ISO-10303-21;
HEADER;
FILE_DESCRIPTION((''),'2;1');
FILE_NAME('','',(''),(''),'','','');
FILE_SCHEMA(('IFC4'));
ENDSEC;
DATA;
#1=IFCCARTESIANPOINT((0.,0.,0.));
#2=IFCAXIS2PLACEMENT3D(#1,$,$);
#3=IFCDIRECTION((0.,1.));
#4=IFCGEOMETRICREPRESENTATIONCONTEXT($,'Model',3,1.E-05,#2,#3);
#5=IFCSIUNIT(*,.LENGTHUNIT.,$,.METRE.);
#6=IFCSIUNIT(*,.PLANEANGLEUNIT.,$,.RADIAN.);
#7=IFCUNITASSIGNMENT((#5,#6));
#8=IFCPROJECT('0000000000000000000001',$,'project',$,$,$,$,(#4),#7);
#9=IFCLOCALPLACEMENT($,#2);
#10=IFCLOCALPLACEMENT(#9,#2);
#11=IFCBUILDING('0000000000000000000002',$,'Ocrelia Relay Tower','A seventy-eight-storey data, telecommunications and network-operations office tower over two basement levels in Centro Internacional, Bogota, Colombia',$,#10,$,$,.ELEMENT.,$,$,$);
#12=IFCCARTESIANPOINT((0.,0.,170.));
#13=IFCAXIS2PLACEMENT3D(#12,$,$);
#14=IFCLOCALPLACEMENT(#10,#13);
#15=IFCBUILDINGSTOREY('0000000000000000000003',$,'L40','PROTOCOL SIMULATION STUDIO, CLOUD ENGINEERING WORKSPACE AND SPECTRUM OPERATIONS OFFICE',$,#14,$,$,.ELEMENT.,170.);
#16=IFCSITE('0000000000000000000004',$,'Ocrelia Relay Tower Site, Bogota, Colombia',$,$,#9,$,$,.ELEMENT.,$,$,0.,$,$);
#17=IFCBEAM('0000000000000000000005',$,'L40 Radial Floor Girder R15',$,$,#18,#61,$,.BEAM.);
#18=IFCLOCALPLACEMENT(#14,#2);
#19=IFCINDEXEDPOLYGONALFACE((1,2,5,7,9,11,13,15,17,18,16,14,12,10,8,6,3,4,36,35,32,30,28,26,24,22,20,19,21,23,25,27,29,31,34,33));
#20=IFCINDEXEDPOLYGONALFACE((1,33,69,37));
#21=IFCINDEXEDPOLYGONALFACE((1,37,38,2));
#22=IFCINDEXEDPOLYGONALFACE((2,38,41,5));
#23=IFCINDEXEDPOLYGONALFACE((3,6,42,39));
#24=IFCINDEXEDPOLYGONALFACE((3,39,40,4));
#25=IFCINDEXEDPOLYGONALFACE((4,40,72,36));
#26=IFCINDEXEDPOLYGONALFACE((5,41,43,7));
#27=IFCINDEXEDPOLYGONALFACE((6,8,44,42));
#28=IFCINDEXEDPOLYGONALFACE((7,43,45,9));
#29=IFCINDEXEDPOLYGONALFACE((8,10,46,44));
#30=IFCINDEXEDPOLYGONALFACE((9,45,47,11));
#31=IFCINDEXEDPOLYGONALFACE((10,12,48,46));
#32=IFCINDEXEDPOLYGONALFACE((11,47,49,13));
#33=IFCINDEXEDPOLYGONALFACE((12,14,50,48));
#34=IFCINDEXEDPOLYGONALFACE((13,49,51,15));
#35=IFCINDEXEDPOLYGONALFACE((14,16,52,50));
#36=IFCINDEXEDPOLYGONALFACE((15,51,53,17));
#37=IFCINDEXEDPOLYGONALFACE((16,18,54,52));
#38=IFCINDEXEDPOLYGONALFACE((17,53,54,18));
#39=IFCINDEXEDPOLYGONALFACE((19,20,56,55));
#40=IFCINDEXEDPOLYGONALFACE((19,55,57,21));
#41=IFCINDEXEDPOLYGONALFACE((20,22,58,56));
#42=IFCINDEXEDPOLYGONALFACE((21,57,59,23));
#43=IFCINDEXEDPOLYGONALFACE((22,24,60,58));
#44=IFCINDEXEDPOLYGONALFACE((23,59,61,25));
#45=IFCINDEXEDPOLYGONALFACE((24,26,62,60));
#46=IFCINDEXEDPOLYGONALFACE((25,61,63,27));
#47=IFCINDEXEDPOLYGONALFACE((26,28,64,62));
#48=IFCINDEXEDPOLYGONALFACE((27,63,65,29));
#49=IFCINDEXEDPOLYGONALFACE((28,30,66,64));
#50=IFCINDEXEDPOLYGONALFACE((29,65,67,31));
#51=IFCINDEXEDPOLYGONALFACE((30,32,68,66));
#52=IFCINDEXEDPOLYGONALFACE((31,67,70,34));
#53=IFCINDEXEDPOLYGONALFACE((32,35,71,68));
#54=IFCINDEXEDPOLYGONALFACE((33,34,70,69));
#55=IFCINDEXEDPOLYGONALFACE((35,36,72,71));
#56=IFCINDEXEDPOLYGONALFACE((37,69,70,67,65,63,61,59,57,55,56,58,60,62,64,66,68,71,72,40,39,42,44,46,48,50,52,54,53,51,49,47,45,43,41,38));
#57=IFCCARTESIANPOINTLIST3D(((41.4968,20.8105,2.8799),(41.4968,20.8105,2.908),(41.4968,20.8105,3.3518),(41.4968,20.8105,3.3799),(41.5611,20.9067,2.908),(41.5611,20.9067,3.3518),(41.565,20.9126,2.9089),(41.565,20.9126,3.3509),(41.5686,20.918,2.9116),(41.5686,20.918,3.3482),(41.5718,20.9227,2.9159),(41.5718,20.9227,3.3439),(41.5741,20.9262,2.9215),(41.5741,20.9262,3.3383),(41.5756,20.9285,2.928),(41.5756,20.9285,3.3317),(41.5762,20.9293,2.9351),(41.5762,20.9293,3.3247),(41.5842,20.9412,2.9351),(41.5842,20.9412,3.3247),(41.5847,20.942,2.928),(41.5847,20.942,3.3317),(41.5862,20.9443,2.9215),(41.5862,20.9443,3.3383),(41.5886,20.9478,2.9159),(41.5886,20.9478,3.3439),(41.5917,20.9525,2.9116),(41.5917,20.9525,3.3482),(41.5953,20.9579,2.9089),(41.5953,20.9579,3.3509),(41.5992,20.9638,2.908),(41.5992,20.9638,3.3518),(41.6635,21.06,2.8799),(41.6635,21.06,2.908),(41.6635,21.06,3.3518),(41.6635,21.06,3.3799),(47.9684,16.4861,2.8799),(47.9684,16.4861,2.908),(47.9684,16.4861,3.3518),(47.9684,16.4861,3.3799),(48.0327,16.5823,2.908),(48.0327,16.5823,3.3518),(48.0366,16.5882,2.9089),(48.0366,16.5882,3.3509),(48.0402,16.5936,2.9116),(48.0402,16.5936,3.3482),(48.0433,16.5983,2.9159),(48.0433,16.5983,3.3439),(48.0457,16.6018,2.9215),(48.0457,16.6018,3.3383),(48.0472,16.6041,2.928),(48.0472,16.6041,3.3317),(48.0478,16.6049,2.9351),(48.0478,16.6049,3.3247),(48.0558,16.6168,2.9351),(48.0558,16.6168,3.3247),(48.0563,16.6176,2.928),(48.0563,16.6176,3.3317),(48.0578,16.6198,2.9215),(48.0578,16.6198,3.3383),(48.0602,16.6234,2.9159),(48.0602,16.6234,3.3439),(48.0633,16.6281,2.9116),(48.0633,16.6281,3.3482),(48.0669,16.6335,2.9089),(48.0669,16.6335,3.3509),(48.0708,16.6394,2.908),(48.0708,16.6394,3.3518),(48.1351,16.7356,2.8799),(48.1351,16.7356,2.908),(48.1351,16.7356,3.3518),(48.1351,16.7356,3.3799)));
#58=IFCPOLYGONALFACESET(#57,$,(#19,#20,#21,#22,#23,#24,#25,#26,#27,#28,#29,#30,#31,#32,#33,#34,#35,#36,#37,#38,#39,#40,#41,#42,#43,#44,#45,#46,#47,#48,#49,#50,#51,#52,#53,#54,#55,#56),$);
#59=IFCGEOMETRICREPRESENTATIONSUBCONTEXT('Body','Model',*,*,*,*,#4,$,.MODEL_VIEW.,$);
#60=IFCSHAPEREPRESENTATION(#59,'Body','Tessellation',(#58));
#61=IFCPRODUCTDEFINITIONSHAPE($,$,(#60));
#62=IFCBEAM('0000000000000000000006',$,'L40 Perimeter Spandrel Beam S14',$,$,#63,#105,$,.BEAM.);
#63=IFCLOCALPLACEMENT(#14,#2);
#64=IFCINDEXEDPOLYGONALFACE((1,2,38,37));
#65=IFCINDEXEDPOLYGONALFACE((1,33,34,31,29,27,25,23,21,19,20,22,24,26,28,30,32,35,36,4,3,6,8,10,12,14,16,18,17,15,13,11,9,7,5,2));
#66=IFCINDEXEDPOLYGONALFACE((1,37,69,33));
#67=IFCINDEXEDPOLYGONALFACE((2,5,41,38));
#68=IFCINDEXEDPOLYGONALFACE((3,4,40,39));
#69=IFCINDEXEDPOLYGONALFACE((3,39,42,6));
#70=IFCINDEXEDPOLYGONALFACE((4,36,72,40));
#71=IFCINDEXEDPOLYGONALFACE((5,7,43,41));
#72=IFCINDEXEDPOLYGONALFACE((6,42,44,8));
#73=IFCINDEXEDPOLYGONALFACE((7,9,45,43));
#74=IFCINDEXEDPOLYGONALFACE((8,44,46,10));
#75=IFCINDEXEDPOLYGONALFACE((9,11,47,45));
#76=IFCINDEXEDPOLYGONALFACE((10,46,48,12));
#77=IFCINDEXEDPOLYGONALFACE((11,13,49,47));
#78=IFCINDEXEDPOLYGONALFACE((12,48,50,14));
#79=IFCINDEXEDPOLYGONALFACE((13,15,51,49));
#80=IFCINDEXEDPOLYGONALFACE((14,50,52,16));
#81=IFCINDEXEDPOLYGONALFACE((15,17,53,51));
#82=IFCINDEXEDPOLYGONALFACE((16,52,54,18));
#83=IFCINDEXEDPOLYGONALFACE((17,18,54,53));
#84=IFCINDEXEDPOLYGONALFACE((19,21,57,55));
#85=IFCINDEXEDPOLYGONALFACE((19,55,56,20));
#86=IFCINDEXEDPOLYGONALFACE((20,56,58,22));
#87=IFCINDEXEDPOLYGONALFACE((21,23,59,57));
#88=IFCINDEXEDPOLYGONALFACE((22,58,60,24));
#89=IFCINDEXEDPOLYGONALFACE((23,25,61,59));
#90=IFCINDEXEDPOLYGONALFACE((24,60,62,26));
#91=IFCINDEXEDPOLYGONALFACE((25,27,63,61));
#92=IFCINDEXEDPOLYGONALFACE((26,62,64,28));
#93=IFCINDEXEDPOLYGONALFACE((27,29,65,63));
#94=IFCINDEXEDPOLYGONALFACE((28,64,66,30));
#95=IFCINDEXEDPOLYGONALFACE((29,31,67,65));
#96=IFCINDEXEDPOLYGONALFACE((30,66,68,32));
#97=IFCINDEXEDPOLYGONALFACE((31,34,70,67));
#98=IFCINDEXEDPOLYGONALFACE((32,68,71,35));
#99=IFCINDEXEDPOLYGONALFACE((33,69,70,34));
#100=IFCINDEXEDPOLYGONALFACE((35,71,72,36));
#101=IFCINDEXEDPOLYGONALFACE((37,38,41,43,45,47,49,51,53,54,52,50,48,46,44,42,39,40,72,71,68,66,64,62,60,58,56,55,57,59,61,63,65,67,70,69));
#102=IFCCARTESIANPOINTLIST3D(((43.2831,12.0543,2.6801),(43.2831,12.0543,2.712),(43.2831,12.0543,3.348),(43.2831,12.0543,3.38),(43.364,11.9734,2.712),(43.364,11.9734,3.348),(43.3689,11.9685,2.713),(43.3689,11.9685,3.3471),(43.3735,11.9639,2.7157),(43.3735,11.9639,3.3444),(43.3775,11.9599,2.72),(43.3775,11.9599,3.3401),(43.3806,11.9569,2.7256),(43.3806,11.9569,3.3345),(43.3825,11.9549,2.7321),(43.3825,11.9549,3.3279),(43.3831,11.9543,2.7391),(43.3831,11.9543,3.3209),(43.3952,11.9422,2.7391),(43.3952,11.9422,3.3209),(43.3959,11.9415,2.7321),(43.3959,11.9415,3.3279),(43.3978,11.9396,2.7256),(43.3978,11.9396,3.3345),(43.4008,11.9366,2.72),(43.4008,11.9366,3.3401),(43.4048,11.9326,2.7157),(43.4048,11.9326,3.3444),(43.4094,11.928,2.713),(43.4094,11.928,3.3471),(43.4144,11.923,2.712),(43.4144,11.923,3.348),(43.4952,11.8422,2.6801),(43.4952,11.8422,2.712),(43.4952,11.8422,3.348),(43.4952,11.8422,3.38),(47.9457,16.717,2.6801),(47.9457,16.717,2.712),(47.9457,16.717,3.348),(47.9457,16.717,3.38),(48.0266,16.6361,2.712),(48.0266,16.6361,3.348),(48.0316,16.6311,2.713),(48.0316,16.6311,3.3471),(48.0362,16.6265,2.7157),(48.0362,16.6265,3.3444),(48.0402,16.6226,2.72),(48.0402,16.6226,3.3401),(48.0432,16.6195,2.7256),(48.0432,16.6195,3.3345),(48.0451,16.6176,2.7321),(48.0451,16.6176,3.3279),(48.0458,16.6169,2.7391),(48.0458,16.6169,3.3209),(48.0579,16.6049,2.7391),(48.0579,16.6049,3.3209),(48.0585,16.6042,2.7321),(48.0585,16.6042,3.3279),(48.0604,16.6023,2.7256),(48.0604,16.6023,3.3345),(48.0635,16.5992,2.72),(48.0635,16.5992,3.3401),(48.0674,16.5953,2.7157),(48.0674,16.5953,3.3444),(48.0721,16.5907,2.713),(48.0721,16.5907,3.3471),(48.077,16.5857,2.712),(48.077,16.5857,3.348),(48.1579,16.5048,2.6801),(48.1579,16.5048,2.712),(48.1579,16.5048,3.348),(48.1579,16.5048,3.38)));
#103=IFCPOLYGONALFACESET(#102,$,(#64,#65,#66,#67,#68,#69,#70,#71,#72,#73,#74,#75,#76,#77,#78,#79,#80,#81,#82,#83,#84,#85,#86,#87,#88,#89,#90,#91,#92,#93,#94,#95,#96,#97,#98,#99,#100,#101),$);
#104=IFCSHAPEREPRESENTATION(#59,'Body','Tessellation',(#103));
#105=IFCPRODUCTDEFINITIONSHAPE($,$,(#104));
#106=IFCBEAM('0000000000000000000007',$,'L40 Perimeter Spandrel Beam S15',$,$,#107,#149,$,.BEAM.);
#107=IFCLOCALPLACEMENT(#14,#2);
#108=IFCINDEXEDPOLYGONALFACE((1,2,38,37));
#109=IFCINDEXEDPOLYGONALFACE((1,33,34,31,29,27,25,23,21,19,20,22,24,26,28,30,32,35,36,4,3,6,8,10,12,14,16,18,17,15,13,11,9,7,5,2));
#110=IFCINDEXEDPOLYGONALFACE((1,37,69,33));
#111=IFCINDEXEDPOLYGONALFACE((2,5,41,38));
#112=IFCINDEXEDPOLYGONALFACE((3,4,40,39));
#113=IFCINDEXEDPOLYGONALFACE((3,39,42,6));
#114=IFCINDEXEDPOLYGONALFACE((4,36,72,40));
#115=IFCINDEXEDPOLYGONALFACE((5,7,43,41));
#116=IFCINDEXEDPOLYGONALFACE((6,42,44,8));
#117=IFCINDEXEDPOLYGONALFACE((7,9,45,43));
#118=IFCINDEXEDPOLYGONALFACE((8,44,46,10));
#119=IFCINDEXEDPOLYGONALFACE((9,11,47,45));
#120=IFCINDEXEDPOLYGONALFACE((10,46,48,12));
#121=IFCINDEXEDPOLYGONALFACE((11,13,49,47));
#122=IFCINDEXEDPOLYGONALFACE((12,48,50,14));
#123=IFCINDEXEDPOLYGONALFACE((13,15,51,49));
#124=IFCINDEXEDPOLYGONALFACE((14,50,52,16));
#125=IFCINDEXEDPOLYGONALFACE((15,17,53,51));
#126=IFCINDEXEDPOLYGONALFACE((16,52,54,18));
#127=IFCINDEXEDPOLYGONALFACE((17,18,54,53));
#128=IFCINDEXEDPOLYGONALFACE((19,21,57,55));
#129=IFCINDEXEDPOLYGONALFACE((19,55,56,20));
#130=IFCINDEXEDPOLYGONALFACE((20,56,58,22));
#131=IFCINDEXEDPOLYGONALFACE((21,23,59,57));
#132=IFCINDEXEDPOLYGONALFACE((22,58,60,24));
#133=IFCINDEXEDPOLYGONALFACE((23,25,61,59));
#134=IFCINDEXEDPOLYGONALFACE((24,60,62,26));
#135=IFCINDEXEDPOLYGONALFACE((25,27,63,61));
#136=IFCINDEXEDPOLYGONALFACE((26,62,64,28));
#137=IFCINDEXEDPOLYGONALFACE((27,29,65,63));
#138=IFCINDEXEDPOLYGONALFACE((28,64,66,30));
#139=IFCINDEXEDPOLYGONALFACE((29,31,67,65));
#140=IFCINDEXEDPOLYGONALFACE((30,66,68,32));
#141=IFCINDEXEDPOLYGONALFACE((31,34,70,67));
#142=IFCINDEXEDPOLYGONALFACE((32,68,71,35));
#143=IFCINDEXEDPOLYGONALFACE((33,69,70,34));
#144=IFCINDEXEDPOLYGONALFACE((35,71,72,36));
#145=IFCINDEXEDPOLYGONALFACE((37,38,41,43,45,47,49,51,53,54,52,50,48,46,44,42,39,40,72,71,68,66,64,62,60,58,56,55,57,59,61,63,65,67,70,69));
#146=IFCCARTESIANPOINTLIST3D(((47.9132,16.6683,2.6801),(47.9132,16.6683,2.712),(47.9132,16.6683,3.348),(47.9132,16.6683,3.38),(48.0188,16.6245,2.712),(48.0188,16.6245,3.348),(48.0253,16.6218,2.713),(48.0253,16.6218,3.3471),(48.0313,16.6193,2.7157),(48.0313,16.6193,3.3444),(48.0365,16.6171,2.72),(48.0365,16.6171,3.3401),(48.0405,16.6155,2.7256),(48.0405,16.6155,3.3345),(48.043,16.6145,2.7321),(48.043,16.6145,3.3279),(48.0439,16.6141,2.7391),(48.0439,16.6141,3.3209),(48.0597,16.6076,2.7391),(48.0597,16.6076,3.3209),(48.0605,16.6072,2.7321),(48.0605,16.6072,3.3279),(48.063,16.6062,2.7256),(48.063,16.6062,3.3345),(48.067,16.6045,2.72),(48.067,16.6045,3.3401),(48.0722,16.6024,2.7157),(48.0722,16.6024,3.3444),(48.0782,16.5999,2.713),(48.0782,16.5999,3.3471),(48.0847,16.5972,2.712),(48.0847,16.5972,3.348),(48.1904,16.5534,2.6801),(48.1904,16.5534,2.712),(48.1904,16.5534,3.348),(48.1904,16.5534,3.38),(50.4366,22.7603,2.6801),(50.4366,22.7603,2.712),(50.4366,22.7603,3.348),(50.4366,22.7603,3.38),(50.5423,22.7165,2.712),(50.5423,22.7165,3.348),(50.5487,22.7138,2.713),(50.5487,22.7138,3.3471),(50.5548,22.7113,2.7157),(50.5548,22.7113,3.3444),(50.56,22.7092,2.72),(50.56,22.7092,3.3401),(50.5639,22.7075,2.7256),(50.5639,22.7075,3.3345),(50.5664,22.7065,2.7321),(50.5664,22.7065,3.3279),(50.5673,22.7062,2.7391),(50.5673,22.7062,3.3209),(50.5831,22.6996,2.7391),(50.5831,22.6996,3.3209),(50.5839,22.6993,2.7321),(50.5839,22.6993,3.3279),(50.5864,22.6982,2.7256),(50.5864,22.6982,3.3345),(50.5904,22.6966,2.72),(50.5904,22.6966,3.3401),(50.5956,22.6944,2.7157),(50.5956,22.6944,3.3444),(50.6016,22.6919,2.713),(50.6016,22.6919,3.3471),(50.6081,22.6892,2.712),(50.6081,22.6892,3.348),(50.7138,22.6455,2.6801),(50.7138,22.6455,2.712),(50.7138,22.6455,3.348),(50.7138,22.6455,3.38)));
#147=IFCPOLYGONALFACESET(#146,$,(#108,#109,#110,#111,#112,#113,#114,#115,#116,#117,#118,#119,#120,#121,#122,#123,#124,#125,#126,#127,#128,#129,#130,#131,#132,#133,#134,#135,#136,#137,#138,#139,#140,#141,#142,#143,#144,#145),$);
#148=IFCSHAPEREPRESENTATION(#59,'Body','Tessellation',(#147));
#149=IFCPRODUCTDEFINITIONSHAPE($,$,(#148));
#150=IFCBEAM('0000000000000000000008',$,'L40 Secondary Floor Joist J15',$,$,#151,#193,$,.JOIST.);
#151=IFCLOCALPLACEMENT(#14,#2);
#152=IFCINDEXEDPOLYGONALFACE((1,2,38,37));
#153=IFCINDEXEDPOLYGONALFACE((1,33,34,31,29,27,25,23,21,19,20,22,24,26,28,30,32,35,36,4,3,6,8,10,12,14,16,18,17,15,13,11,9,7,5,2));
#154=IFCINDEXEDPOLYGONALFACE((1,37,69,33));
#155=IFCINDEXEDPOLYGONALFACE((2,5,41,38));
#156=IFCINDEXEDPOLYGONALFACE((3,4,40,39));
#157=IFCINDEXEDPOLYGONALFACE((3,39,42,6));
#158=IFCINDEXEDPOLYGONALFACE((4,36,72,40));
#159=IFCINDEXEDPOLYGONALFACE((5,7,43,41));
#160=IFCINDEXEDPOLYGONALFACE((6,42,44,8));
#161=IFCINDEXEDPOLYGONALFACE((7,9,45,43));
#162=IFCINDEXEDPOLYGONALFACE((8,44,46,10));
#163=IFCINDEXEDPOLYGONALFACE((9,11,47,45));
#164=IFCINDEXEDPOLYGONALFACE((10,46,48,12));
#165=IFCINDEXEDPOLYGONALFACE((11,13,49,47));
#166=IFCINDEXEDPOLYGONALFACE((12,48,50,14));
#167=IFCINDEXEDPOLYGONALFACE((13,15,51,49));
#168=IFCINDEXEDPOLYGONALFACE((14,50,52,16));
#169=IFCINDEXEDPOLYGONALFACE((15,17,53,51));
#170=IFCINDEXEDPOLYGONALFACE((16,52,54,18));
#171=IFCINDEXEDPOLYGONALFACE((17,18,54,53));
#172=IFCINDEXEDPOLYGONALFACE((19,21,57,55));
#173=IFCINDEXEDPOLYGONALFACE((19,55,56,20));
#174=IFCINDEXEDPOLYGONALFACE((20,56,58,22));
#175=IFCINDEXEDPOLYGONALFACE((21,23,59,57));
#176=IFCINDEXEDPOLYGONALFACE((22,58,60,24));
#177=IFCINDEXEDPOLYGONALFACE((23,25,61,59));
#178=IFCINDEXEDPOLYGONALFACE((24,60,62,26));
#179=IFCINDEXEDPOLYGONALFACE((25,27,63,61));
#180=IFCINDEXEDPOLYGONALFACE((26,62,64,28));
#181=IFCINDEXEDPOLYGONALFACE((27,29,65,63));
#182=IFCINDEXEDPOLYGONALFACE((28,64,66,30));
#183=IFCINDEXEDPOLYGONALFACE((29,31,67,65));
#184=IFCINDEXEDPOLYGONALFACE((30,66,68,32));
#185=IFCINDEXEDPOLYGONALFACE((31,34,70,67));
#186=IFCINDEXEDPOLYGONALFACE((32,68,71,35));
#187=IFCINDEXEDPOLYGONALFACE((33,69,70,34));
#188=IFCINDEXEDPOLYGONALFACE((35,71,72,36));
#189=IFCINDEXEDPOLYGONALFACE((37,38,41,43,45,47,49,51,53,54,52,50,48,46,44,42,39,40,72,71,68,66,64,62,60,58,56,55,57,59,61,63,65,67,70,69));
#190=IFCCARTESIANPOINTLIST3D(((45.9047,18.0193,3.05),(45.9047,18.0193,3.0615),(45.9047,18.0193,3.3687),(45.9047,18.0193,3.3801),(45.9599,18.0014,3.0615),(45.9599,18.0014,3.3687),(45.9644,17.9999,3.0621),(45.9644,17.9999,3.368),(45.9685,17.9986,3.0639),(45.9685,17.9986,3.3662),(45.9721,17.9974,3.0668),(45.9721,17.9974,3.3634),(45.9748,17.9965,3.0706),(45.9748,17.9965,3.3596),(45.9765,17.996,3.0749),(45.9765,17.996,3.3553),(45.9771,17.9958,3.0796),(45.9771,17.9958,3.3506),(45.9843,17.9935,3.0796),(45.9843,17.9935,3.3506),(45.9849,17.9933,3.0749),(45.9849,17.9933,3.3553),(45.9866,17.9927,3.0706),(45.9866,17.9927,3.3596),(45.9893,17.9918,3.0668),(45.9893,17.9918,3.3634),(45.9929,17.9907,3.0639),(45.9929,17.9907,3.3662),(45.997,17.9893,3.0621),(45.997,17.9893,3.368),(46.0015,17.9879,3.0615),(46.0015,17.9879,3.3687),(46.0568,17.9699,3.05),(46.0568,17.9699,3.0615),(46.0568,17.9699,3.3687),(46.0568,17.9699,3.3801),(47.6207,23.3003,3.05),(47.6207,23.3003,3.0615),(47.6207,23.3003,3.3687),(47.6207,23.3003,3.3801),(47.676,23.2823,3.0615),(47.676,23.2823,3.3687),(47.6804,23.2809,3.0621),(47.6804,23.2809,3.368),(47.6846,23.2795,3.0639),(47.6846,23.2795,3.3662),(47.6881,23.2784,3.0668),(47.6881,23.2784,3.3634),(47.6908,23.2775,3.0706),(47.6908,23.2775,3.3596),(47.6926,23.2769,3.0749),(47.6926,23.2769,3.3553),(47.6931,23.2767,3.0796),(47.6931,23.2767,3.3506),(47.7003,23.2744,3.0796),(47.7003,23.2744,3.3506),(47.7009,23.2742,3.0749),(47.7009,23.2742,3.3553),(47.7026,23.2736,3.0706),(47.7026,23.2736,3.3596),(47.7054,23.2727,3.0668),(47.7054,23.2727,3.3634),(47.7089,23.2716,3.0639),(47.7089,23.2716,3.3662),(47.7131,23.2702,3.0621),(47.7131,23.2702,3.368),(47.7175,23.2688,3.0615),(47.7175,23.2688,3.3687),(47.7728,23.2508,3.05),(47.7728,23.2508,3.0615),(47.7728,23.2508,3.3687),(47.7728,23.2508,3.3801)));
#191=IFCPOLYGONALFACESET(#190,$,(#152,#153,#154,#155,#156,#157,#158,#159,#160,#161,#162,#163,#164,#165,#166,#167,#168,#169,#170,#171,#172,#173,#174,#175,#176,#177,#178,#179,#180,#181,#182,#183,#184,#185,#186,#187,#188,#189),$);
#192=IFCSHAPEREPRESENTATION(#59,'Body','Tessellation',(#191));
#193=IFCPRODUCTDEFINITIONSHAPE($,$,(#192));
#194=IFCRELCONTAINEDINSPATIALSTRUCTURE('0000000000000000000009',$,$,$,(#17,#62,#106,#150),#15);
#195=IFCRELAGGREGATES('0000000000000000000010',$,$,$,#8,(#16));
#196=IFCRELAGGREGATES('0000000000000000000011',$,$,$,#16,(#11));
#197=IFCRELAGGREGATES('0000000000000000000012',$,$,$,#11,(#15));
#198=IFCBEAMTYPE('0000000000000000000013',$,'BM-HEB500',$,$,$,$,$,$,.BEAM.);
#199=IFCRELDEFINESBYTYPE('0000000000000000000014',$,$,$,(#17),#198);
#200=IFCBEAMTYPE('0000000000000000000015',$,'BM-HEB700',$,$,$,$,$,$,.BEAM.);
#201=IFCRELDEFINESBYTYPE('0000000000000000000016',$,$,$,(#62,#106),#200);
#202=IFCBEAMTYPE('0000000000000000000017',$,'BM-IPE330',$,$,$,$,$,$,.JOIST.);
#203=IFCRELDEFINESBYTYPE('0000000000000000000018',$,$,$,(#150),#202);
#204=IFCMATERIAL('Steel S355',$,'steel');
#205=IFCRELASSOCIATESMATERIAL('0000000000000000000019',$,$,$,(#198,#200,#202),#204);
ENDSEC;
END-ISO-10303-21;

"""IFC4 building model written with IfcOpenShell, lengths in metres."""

from ifc_helpers import new_model, si_unit, direction, frame, origin, origin_2d, place, context, subcontext, project, spatial, i_section, extrude, material, material_profile, profile_set, type_object, element, save


model = new_model("IFC4")

# Units and contexts
model_context = context("Model", 3, precision=1e-05, world=origin(), true_north=direction((0.0, 1.0)))
body_context = subcontext(model_context, "Body", "Model", "MODEL_VIEW")
ifc_project = project(units=[si_unit("LENGTHUNIT", "METRE"), si_unit("PLANEANGLEUNIT", "RADIAN")], contexts=[model_context])

# Site, building, storey
site_placement = place(None, origin())
site = spatial("IfcSite", under=ifc_project, at=site_placement, Name="Ocrelia Relay Tower Site, Bogota, Colombia", CompositionType="ELEMENT", RefElevation=0.0)
building_placement = place(site_placement, origin())
building = spatial("IfcBuilding", under=site, at=building_placement, Name="Ocrelia Relay Tower", Description="A seventy-eight-storey data, telecommunications and network-operations office tower over two basement levels in Centro Internacional, Bogota, Colombia", CompositionType="ELEMENT")
storey_placement = place(building_placement, frame((0.0, 0.0, 170.0)))
storey = spatial("IfcBuildingStorey", under=building, at=storey_placement, Name="L40", Description="PROTOCOL SIMULATION STUDIO, CLOUD ENGINEERING WORKSPACE AND SPECTRUM OPERATIONS OFFICE", CompositionType="ELEMENT", Elevation=170.0)

# Beams
ifc_material_1 = material(Name="Steel S355", Category="steel")
ifc_material_profile_1 = material_profile(ifc_material_1, i_section(OverallWidth=0.3, OverallDepth=0.5, WebThickness=0.0144, FlangeThickness=0.0281, FilletRadius=0.0271, at=origin_2d()), Name="HEB 500")
ifc_profile_set_1 = profile_set([ifc_material_profile_1], Name="Steel S355")
beam_type_1 = type_object("IfcBeamType", Name="BM-HEB500", PredefinedType="BEAM", material=ifc_profile_set_1)
beam_1_placement = place(storey_placement, frame((48.0518, 16.6108, 3.1299), z_axis=(-0.831456, 0.55559, 0.0), x_axis=(-0.55559, -0.831456, 0.0)))
element("IfcBeam", 1, at=beam_1_placement, inside=storey, type_object=beam_type_1, Name="L40 Radial Floor Girder R15", PredefinedType="BEAM", context=body_context, shape_type="SweptSolid", body=[
    extrude(i_section(OverallWidth=0.3, OverallDepth=0.5, WebThickness=0.0144, FlangeThickness=0.0281, FilletRadius=0.0271, at=origin_2d()), origin(), (0.0, 0.0, 1.0), 7.7834),
])
ifc_material_profile_2 = material_profile(ifc_material_1, i_section(OverallWidth=0.3, OverallDepth=0.7, WebThickness=0.0171, FlangeThickness=0.032, FilletRadius=0.0271, at=origin_2d()), Name="HEB 700")
ifc_profile_set_2 = profile_set([ifc_material_profile_2], Name="Steel S355")
beam_type_2 = type_object("IfcBeamType", Name="BM-HEB700", PredefinedType="BEAM", material=ifc_profile_set_2)
for number, where, z_axis, x_axis, name in (
    (2, (43.3892, 11.9482, 3.03), (0.707107, 0.707107, 0.0), (-0.707107, 0.707107, 0.0), "L40 Perimeter Spandrel Beam S14"),
    (3, (48.0518, 16.6108, 3.03), (0.382688, 0.923878, 0.0), (-0.923878, 0.382688, 0.0), "L40 Perimeter Spandrel Beam S15"),
):
    element("IfcBeam", number, at=place(storey_placement, frame(where, z_axis=z_axis, x_axis=x_axis)), inside=storey, type_object=beam_type_2, Name=name, PredefinedType="BEAM", context=body_context, shape_type="SweptSolid", body=[
        extrude(i_section(OverallWidth=0.3, OverallDepth=0.7, WebThickness=0.0171, FlangeThickness=0.032, FilletRadius=0.0271, at=origin_2d()), origin(), (0.0, 0.0, 1.0), 6.594),
    ])
ifc_material_profile_3 = material_profile(ifc_material_1, i_section(OverallWidth=0.1599, OverallDepth=0.3301, WebThickness=0.0076, FlangeThickness=0.0115, FilletRadius=0.0181, at=origin_2d()), Name="IPE 330")
ifc_profile_set_3 = profile_set([ifc_material_profile_3], Name="Steel S355")
beam_type_3 = type_object("IfcBeamType", Name="BM-IPE330", PredefinedType="JOIST", material=ifc_profile_set_3)
beam_2_placement = place(storey_placement, frame((45.9807, 17.9946, 3.2151), z_axis=(0.309043, 0.951048, 0.0), x_axis=(-0.951048, 0.309043, 0.0)))
element("IfcBeam", 4, at=beam_2_placement, inside=storey, type_object=beam_type_3, Name="L40 Secondary Floor Joist J15", PredefinedType="JOIST", context=body_context, shape_type="SweptSolid", body=[
    extrude(i_section(OverallWidth=0.1599, OverallDepth=0.3301, WebThickness=0.0076, FlangeThickness=0.0115, FilletRadius=0.0181, at=origin_2d()), origin(), (0.0, 0.0, 1.0), 5.5527),
])

save(model, "model.ifc")
